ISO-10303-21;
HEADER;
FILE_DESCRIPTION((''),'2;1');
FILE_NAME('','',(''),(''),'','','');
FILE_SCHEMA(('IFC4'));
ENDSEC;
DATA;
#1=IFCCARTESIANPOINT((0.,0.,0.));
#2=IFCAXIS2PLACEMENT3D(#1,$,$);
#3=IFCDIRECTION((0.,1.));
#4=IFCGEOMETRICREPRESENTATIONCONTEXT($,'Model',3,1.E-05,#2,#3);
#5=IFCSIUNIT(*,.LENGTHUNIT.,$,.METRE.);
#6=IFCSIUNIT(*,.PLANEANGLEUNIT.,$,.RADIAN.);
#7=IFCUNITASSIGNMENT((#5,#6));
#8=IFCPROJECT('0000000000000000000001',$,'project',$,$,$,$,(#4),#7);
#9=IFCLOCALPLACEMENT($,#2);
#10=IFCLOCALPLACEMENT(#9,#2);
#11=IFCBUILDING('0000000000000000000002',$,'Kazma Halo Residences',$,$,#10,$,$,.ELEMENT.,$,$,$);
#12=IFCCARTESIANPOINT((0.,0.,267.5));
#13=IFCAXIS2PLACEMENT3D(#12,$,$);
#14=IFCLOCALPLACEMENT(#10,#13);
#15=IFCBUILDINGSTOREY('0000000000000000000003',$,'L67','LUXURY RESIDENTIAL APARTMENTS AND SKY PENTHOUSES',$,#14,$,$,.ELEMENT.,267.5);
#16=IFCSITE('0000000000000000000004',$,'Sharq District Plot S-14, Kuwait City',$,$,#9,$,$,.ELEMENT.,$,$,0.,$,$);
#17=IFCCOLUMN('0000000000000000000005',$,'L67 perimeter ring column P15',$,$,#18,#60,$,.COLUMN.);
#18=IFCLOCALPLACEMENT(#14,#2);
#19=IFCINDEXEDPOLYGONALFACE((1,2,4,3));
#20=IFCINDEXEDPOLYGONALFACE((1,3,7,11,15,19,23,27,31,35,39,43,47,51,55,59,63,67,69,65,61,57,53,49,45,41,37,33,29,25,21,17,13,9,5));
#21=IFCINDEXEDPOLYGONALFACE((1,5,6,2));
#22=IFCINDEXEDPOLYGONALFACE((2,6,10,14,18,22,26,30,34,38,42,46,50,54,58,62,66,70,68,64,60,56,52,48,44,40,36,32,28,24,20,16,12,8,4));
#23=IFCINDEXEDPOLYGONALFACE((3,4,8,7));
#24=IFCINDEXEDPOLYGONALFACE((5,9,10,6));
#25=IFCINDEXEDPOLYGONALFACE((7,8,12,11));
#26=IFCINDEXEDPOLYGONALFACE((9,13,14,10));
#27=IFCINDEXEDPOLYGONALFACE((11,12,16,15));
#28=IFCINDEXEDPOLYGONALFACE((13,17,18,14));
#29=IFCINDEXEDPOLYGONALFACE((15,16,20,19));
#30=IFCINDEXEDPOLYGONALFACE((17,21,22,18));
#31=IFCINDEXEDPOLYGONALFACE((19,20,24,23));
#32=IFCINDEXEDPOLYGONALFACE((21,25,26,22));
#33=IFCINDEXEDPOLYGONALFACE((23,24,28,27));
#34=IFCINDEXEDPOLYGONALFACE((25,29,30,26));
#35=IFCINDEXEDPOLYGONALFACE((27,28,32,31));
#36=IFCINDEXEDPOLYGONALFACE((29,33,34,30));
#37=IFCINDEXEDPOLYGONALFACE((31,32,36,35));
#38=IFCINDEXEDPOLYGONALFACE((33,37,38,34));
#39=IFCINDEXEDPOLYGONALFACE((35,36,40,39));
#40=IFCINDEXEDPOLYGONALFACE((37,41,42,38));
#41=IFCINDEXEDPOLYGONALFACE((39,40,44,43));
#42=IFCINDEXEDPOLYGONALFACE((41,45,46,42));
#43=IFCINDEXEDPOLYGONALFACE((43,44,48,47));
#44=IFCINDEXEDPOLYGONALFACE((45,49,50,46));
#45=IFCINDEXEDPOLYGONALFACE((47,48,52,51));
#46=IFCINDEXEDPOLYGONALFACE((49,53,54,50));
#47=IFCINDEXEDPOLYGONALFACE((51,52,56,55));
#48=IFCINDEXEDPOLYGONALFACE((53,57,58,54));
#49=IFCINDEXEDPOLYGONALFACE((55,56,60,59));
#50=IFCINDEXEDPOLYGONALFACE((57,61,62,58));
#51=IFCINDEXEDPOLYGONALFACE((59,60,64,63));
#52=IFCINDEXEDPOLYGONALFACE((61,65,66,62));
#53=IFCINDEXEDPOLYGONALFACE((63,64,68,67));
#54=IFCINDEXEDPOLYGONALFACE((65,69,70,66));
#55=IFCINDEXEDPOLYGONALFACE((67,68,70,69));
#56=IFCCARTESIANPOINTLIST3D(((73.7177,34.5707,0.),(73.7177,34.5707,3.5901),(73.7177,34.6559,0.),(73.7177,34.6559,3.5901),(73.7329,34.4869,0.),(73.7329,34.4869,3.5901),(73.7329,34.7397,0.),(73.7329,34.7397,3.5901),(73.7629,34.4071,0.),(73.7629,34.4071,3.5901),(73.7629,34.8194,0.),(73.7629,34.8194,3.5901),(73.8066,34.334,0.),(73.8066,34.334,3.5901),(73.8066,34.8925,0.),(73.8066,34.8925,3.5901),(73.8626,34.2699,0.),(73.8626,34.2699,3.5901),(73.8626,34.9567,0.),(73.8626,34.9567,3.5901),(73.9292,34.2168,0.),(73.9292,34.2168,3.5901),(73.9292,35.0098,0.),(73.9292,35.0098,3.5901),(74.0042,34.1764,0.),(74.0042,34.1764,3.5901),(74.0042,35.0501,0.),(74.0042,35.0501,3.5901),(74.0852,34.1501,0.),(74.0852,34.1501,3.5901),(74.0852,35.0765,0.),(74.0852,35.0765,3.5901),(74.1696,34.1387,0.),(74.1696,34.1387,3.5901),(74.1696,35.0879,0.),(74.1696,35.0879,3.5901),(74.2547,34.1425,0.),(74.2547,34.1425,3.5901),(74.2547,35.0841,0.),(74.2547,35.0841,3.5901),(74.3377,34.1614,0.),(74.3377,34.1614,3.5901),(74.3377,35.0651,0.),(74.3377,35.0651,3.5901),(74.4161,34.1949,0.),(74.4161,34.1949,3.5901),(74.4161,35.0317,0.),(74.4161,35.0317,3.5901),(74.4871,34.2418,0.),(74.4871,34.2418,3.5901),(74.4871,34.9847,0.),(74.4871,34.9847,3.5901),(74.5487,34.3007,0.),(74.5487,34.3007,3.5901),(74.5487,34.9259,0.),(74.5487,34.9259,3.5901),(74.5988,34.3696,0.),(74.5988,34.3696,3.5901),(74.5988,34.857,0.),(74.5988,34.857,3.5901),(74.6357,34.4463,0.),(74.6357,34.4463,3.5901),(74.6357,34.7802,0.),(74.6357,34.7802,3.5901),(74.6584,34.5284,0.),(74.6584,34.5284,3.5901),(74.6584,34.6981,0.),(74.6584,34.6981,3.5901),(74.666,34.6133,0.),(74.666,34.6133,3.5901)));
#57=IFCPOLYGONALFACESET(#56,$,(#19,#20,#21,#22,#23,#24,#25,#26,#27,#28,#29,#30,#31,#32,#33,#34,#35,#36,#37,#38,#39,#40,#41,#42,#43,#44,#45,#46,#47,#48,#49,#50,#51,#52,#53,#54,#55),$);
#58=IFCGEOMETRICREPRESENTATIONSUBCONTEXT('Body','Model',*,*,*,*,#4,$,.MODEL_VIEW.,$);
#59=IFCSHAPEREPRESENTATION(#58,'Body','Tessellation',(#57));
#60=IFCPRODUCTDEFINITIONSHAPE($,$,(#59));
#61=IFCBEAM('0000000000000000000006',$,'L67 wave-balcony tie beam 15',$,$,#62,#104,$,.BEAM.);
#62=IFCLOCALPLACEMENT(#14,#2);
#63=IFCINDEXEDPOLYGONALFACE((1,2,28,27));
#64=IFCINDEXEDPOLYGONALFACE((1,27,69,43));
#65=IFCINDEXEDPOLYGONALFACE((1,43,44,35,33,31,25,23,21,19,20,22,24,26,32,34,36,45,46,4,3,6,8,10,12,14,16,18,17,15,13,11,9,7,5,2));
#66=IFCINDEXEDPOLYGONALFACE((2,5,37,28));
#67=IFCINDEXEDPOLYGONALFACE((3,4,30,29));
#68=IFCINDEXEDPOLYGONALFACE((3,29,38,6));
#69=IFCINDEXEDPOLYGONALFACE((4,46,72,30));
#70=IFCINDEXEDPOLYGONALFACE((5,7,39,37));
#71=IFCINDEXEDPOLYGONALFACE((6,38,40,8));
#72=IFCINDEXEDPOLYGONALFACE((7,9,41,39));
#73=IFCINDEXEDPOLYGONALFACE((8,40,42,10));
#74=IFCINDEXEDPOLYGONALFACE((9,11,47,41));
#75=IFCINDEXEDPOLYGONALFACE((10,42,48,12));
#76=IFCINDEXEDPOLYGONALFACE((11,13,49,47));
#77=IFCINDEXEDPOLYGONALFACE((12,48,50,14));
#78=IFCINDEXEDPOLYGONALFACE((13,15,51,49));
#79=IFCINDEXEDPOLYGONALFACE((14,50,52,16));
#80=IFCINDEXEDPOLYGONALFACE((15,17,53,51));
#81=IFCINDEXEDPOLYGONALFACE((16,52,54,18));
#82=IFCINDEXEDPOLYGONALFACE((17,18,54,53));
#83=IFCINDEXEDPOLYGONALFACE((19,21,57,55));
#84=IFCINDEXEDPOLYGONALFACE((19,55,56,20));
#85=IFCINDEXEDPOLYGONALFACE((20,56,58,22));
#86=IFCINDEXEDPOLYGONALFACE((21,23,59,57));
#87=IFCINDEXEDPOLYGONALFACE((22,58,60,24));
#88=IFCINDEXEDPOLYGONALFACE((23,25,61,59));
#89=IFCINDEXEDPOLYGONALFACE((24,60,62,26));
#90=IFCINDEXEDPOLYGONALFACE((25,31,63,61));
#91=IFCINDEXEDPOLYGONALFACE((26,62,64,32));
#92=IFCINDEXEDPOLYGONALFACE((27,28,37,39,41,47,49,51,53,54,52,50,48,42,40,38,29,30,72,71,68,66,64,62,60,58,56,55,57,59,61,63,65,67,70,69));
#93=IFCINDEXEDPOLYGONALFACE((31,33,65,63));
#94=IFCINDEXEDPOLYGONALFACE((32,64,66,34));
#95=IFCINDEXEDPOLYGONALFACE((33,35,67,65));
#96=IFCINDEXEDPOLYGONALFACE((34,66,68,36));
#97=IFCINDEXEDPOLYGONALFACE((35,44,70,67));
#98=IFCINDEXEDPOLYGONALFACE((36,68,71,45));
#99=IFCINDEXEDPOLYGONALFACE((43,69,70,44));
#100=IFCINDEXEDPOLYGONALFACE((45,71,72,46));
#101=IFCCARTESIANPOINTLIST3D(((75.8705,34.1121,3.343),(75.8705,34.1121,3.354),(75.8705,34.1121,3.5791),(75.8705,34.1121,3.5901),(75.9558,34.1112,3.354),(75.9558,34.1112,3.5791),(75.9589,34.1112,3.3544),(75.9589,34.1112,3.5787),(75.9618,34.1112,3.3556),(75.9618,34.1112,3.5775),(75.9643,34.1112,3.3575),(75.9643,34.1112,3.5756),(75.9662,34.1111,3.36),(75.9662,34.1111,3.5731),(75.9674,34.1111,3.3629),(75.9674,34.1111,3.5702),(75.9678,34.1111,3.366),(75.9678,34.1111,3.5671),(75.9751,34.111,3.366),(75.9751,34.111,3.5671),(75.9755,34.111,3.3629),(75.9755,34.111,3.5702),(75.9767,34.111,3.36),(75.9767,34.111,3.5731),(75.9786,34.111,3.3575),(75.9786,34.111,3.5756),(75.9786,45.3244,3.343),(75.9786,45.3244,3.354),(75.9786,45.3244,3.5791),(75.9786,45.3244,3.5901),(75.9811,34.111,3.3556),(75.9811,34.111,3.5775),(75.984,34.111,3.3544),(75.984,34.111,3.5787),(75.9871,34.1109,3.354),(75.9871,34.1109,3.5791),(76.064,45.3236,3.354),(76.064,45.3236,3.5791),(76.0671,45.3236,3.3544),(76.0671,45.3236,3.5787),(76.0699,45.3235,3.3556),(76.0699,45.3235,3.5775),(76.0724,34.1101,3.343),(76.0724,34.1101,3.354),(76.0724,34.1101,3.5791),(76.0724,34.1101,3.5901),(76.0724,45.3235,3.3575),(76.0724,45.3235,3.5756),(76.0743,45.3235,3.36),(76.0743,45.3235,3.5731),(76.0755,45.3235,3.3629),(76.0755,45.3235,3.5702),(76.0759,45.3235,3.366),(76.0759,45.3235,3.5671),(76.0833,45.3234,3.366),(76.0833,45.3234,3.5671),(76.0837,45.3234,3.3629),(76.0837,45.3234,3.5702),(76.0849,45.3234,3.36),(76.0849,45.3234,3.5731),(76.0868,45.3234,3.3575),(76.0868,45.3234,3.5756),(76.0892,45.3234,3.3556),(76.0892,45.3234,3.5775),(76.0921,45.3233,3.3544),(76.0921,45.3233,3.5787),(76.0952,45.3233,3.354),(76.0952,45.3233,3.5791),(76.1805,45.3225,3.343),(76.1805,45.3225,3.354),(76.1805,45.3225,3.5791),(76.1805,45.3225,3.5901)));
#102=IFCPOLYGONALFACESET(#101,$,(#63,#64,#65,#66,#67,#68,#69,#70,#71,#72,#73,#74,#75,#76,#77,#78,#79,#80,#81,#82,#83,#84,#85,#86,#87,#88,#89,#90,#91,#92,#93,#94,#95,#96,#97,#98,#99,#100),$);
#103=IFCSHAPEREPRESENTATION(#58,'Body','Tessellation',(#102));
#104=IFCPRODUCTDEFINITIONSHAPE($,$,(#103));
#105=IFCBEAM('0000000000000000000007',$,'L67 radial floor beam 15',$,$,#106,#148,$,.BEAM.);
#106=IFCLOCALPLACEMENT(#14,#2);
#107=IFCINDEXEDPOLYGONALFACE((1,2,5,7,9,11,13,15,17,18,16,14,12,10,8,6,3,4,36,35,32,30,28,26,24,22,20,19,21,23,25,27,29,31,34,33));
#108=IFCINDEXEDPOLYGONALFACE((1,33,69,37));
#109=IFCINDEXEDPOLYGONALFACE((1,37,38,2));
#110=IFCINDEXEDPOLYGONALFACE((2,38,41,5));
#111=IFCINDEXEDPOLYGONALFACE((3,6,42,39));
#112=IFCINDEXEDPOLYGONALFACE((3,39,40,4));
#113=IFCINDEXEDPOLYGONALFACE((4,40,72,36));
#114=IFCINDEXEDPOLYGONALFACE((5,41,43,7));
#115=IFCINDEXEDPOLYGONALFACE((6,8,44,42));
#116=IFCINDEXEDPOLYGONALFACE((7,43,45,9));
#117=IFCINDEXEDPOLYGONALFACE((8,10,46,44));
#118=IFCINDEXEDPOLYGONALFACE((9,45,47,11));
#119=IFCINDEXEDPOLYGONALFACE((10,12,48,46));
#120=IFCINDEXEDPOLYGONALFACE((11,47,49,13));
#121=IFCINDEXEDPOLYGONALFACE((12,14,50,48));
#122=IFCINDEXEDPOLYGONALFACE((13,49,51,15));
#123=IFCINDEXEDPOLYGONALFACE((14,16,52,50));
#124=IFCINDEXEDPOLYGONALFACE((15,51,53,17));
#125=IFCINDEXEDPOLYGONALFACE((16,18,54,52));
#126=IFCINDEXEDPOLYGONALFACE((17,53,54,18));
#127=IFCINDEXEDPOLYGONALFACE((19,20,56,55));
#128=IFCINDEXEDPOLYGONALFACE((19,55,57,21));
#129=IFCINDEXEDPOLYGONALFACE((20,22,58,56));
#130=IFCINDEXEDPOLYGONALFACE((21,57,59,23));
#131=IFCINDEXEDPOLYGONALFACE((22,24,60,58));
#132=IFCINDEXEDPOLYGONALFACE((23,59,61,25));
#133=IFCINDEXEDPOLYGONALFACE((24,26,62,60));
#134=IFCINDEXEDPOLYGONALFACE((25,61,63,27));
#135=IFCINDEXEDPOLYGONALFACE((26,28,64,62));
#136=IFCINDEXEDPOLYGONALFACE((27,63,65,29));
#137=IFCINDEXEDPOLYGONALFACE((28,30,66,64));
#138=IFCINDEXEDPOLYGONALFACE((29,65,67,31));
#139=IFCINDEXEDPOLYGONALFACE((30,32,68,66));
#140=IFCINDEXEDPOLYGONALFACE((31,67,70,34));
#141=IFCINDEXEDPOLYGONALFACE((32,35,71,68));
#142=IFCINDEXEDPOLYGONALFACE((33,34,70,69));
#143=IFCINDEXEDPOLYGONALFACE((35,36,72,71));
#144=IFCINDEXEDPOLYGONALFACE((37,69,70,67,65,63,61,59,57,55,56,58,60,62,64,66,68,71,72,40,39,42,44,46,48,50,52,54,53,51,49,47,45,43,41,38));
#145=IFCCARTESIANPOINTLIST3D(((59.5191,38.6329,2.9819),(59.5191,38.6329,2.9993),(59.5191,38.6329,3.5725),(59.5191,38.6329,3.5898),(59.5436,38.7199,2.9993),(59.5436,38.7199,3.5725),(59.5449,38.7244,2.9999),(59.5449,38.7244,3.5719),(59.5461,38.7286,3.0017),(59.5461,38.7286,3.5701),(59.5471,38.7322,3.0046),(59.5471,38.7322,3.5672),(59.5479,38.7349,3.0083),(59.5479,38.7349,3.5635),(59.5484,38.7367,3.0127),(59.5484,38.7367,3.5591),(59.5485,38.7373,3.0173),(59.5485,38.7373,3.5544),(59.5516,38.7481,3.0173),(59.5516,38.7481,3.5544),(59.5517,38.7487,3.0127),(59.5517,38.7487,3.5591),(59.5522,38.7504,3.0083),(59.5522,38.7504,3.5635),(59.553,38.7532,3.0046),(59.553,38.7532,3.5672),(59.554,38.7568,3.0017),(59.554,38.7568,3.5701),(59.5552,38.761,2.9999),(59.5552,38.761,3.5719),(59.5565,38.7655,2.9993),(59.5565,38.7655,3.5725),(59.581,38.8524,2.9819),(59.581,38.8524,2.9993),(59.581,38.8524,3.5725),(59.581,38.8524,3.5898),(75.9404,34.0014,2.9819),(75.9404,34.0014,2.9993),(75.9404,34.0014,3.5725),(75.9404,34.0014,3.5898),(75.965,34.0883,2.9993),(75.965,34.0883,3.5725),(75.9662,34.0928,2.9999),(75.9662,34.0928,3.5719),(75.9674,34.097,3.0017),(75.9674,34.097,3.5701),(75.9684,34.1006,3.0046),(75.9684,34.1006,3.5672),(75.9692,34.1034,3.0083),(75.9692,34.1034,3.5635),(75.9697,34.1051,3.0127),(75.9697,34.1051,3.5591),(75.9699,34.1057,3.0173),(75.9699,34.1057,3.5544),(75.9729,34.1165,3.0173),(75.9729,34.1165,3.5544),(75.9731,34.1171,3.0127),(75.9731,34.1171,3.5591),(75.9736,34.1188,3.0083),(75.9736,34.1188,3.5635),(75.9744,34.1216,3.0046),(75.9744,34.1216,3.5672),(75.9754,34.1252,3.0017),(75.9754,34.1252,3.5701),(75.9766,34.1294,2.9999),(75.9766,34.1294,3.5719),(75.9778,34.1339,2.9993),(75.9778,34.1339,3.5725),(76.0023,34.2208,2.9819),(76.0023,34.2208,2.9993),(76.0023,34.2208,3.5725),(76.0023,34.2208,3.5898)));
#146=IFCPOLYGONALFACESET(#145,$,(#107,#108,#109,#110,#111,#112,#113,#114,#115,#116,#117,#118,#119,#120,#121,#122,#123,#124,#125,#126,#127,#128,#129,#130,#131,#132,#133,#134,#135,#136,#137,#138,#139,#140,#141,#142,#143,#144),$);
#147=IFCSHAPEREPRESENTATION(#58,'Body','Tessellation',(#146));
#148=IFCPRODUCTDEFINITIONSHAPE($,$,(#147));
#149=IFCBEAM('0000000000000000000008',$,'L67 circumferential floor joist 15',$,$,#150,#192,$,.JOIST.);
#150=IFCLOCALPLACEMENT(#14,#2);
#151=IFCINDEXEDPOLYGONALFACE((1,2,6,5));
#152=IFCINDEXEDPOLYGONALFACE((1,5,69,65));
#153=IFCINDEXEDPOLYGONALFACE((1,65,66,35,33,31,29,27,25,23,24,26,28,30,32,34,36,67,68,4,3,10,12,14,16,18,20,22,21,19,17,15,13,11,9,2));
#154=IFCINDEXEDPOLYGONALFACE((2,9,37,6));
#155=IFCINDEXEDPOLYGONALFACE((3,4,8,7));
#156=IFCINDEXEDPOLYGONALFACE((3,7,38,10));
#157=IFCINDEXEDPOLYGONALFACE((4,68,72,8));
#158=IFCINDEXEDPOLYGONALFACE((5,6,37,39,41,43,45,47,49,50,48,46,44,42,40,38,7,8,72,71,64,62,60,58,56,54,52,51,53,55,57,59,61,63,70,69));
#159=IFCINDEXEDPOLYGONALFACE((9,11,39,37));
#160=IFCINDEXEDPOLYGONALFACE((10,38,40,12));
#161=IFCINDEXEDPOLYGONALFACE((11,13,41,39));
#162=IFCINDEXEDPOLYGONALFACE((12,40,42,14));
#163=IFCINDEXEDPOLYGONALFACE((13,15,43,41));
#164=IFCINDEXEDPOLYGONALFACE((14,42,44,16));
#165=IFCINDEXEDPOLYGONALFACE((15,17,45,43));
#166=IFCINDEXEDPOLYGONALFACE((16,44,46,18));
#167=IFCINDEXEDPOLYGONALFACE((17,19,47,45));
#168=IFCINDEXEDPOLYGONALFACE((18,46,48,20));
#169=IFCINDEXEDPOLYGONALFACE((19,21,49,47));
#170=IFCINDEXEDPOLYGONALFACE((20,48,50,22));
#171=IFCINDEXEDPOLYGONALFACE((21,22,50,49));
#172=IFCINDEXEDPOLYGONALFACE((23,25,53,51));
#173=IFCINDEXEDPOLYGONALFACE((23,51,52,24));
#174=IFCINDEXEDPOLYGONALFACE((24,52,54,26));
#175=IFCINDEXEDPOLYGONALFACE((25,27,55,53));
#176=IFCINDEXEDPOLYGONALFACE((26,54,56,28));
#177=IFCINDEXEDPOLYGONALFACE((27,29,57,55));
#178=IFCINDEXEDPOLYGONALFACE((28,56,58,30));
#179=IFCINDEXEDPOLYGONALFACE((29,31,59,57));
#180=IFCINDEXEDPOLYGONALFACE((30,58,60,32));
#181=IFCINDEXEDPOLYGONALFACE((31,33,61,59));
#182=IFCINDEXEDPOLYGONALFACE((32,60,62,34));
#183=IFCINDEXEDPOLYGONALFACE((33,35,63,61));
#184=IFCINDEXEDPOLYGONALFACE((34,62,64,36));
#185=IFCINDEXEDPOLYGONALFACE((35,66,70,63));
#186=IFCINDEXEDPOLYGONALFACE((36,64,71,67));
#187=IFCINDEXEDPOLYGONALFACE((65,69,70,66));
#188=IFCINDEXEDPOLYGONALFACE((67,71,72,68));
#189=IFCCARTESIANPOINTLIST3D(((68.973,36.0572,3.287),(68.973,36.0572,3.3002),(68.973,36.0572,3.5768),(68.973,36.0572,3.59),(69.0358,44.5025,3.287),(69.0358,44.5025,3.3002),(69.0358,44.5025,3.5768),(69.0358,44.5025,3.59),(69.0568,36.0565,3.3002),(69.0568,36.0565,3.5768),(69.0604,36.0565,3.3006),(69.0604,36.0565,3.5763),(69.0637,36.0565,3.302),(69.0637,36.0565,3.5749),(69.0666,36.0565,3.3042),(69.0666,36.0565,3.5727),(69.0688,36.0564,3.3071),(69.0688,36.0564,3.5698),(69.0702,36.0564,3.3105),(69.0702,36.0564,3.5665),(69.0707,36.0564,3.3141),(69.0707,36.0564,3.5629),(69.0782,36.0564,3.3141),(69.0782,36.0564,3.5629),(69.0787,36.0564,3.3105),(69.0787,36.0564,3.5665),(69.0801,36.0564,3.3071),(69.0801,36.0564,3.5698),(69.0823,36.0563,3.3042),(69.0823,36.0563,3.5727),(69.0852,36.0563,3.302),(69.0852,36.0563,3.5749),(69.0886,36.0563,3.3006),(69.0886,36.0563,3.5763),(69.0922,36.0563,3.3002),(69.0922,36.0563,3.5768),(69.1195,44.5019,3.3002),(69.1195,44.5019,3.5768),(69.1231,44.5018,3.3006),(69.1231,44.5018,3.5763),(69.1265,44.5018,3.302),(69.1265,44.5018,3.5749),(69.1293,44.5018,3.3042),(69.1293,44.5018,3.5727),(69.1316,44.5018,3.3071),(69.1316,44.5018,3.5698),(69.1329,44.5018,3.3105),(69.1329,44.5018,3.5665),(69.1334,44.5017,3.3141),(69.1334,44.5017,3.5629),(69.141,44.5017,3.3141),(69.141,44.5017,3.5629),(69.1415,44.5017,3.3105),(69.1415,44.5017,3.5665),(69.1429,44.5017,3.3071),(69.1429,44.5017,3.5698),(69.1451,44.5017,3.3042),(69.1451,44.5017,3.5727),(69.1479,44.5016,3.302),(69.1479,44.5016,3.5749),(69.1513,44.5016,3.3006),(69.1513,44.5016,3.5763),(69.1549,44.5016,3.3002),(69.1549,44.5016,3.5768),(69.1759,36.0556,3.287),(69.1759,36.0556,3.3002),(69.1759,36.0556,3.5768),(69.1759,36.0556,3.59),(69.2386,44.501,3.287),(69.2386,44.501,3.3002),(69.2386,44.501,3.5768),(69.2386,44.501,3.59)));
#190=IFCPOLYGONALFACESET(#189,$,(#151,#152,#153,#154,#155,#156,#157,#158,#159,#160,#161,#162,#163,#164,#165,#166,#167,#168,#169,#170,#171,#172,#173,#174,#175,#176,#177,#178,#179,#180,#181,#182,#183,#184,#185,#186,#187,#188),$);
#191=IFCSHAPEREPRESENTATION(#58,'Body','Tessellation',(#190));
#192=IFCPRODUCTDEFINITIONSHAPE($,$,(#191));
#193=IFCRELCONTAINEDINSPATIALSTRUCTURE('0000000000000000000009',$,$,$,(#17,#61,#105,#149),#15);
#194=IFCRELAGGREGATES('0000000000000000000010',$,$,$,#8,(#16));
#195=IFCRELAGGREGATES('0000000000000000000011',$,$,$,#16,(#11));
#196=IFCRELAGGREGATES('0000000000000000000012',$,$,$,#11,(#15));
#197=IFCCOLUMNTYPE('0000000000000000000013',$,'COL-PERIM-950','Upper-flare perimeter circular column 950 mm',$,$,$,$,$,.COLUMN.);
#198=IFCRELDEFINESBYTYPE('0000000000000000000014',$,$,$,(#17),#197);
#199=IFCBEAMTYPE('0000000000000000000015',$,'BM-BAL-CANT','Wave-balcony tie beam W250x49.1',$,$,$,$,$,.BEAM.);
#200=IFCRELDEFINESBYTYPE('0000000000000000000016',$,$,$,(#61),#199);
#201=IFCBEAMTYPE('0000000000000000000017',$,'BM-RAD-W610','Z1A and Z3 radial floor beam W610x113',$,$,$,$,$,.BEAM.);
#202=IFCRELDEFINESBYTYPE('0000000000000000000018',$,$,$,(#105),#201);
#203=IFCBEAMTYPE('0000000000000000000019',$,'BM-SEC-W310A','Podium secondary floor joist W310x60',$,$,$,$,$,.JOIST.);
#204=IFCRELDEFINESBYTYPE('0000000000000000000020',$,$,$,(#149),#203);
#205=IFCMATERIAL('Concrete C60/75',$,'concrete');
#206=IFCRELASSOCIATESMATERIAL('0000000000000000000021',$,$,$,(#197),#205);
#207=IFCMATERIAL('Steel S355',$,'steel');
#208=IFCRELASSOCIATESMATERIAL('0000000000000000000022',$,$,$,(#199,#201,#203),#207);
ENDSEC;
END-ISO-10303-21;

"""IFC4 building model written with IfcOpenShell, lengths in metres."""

from ifc_helpers import new_model, si_unit, direction, frame, origin, origin_2d, place, context, subcontext, project, spatial, circle, i_section, extrude, material, material_profile, profile_set, type_object, element, save


model = new_model("IFC4")

# Units and contexts
model_context = context("Model", 3, precision=1e-05, world=origin(), true_north=direction((0.0, 1.0)))
body_context = subcontext(model_context, "Body", "Model", "MODEL_VIEW")
ifc_project = project(units=[si_unit("LENGTHUNIT", "METRE"), si_unit("PLANEANGLEUNIT", "RADIAN")], contexts=[model_context])

# Site, building, storey
site_placement = place(None, origin())
site = spatial("IfcSite", under=ifc_project, at=site_placement, Name="Sharq District Plot S-14, Kuwait City", CompositionType="ELEMENT", RefElevation=0.0)
building_placement = place(site_placement, origin())
building = spatial("IfcBuilding", under=site, at=building_placement, Name="Kazma Halo Residences", CompositionType="ELEMENT")
storey_placement = place(building_placement, frame((0.0, 0.0, 267.5)))
storey = spatial("IfcBuildingStorey", under=building, at=storey_placement, Name="L67", Description="LUXURY RESIDENTIAL APARTMENTS AND SKY PENTHOUSES", CompositionType="ELEMENT", Elevation=267.5)

# Column
ifc_material_1 = material(Name="Concrete C60/75", Category="concrete")
ifc_material_profile_1 = material_profile(ifc_material_1, circle(Radius=0.4751, at=origin_2d()), Name="CIRC950")
ifc_profile_set_1 = profile_set([ifc_material_profile_1], Name="Concrete C60/75")
column_type = type_object("IfcColumnType", Name="COL-PERIM-950", Description="Upper-flare perimeter circular column 950 mm", PredefinedType="COLUMN", material=ifc_profile_set_1)
column_placement = place(storey_placement, frame((74.1909, 34.6133, 0.0), z_axis=(0.0, 0.0, 1.0), x_axis=(1.0, 0.0, 0.0)))
element("IfcColumn", 1, at=column_placement, inside=storey, type_object=column_type, Name="L67 perimeter ring column P15", PredefinedType="COLUMN", context=body_context, shape_type="SweptSolid", body=[
    extrude(circle(Radius=0.4751, at=origin_2d()), origin(), (0.0, 0.0, 1.0), 3.5901),
])

# Beams
ifc_material_2 = material(Name="Steel S355", Category="steel")
ifc_material_profile_2 = material_profile(ifc_material_2, i_section(OverallWidth=0.2019, OverallDepth=0.2471, WebThickness=0.0073, FlangeThickness=0.011, FilletRadius=0.012, at=origin_2d()), Name="W250x49.1")
ifc_profile_set_2 = profile_set([ifc_material_profile_2], Name="Steel S355")
beam_type_1 = type_object("IfcBeamType", Name="BM-BAL-CANT", Description="Wave-balcony tie beam W250x49.1", PredefinedType="BEAM", material=ifc_profile_set_2)
beam_1_placement = place(storey_placement, frame((75.9714, 34.1111, 3.4666), z_axis=(0.009646, 0.999953, 0.0), x_axis=(-0.999953, 0.009646, 0.0)))
element("IfcBeam", 2, at=beam_1_placement, inside=storey, type_object=beam_type_1, Name="L67 wave-balcony tie beam 15", PredefinedType="BEAM", context=body_context, shape_type="SweptSolid", body=[
    extrude(i_section(OverallWidth=0.2019, OverallDepth=0.2471, WebThickness=0.0073, FlangeThickness=0.011, FilletRadius=0.012, at=origin_2d()), origin(), (0.0, 0.0, 1.0), 11.2129),
])
ifc_material_profile_3 = material_profile(ifc_material_2, i_section(OverallWidth=0.228, OverallDepth=0.6079, WebThickness=0.0112, FlangeThickness=0.0173, FilletRadius=0.0181, at=origin_2d()), Name="W610x113")
ifc_profile_set_3 = profile_set([ifc_material_profile_3], Name="Steel S355")
beam_type_2 = type_object("IfcBeamType", Name="BM-RAD-W610", Description="Z1A and Z3 radial floor beam W610x113", PredefinedType="BEAM", material=ifc_profile_set_3)
beam_2_placement = place(storey_placement, frame((59.55, 38.7427, 3.2859), z_axis=(0.962451, -0.271456, 0.0), x_axis=(0.271456, 0.962451, 0.0)))
element("IfcBeam", 3, at=beam_2_placement, inside=storey, type_object=beam_type_2, Name="L67 radial floor beam 15", PredefinedType="BEAM", context=body_context, shape_type="SweptSolid", body=[
    extrude(i_section(OverallWidth=0.228, OverallDepth=0.6079, WebThickness=0.0112, FlangeThickness=0.0173, FilletRadius=0.0181, at=origin_2d()), origin(), (0.0, 0.0, 1.0), 17.062),
])
ifc_material_profile_4 = material_profile(ifc_material_2, i_section(OverallWidth=0.2029, OverallDepth=0.303, WebThickness=0.0076, FlangeThickness=0.0132, FilletRadius=0.0139, at=origin_2d()), Name="W310x60")
ifc_profile_set_4 = profile_set([ifc_material_profile_4], Name="Steel S355")
beam_type_3 = type_object("IfcBeamType", Name="BM-SEC-W310A", Description="Podium secondary floor joist W310x60", PredefinedType="JOIST", material=ifc_profile_set_4)
beam_3_placement = place(storey_placement, frame((69.0745, 36.0564, 3.4385), z_axis=(0.007429, 0.999972, 0.0), x_axis=(-0.999972, 0.007429, 0.0)))
element("IfcBeam", 4, at=beam_3_placement, inside=storey, type_object=beam_type_3, Name="L67 circumferential floor joist 15", PredefinedType="JOIST", context=body_context, shape_type="SweptSolid", body=[
    extrude(i_section(OverallWidth=0.2029, OverallDepth=0.303, WebThickness=0.0076, FlangeThickness=0.0132, FilletRadius=0.0139, at=origin_2d()), origin(), (0.0, 0.0, 1.0), 8.4456),
])

save(model, "model.ifc")
